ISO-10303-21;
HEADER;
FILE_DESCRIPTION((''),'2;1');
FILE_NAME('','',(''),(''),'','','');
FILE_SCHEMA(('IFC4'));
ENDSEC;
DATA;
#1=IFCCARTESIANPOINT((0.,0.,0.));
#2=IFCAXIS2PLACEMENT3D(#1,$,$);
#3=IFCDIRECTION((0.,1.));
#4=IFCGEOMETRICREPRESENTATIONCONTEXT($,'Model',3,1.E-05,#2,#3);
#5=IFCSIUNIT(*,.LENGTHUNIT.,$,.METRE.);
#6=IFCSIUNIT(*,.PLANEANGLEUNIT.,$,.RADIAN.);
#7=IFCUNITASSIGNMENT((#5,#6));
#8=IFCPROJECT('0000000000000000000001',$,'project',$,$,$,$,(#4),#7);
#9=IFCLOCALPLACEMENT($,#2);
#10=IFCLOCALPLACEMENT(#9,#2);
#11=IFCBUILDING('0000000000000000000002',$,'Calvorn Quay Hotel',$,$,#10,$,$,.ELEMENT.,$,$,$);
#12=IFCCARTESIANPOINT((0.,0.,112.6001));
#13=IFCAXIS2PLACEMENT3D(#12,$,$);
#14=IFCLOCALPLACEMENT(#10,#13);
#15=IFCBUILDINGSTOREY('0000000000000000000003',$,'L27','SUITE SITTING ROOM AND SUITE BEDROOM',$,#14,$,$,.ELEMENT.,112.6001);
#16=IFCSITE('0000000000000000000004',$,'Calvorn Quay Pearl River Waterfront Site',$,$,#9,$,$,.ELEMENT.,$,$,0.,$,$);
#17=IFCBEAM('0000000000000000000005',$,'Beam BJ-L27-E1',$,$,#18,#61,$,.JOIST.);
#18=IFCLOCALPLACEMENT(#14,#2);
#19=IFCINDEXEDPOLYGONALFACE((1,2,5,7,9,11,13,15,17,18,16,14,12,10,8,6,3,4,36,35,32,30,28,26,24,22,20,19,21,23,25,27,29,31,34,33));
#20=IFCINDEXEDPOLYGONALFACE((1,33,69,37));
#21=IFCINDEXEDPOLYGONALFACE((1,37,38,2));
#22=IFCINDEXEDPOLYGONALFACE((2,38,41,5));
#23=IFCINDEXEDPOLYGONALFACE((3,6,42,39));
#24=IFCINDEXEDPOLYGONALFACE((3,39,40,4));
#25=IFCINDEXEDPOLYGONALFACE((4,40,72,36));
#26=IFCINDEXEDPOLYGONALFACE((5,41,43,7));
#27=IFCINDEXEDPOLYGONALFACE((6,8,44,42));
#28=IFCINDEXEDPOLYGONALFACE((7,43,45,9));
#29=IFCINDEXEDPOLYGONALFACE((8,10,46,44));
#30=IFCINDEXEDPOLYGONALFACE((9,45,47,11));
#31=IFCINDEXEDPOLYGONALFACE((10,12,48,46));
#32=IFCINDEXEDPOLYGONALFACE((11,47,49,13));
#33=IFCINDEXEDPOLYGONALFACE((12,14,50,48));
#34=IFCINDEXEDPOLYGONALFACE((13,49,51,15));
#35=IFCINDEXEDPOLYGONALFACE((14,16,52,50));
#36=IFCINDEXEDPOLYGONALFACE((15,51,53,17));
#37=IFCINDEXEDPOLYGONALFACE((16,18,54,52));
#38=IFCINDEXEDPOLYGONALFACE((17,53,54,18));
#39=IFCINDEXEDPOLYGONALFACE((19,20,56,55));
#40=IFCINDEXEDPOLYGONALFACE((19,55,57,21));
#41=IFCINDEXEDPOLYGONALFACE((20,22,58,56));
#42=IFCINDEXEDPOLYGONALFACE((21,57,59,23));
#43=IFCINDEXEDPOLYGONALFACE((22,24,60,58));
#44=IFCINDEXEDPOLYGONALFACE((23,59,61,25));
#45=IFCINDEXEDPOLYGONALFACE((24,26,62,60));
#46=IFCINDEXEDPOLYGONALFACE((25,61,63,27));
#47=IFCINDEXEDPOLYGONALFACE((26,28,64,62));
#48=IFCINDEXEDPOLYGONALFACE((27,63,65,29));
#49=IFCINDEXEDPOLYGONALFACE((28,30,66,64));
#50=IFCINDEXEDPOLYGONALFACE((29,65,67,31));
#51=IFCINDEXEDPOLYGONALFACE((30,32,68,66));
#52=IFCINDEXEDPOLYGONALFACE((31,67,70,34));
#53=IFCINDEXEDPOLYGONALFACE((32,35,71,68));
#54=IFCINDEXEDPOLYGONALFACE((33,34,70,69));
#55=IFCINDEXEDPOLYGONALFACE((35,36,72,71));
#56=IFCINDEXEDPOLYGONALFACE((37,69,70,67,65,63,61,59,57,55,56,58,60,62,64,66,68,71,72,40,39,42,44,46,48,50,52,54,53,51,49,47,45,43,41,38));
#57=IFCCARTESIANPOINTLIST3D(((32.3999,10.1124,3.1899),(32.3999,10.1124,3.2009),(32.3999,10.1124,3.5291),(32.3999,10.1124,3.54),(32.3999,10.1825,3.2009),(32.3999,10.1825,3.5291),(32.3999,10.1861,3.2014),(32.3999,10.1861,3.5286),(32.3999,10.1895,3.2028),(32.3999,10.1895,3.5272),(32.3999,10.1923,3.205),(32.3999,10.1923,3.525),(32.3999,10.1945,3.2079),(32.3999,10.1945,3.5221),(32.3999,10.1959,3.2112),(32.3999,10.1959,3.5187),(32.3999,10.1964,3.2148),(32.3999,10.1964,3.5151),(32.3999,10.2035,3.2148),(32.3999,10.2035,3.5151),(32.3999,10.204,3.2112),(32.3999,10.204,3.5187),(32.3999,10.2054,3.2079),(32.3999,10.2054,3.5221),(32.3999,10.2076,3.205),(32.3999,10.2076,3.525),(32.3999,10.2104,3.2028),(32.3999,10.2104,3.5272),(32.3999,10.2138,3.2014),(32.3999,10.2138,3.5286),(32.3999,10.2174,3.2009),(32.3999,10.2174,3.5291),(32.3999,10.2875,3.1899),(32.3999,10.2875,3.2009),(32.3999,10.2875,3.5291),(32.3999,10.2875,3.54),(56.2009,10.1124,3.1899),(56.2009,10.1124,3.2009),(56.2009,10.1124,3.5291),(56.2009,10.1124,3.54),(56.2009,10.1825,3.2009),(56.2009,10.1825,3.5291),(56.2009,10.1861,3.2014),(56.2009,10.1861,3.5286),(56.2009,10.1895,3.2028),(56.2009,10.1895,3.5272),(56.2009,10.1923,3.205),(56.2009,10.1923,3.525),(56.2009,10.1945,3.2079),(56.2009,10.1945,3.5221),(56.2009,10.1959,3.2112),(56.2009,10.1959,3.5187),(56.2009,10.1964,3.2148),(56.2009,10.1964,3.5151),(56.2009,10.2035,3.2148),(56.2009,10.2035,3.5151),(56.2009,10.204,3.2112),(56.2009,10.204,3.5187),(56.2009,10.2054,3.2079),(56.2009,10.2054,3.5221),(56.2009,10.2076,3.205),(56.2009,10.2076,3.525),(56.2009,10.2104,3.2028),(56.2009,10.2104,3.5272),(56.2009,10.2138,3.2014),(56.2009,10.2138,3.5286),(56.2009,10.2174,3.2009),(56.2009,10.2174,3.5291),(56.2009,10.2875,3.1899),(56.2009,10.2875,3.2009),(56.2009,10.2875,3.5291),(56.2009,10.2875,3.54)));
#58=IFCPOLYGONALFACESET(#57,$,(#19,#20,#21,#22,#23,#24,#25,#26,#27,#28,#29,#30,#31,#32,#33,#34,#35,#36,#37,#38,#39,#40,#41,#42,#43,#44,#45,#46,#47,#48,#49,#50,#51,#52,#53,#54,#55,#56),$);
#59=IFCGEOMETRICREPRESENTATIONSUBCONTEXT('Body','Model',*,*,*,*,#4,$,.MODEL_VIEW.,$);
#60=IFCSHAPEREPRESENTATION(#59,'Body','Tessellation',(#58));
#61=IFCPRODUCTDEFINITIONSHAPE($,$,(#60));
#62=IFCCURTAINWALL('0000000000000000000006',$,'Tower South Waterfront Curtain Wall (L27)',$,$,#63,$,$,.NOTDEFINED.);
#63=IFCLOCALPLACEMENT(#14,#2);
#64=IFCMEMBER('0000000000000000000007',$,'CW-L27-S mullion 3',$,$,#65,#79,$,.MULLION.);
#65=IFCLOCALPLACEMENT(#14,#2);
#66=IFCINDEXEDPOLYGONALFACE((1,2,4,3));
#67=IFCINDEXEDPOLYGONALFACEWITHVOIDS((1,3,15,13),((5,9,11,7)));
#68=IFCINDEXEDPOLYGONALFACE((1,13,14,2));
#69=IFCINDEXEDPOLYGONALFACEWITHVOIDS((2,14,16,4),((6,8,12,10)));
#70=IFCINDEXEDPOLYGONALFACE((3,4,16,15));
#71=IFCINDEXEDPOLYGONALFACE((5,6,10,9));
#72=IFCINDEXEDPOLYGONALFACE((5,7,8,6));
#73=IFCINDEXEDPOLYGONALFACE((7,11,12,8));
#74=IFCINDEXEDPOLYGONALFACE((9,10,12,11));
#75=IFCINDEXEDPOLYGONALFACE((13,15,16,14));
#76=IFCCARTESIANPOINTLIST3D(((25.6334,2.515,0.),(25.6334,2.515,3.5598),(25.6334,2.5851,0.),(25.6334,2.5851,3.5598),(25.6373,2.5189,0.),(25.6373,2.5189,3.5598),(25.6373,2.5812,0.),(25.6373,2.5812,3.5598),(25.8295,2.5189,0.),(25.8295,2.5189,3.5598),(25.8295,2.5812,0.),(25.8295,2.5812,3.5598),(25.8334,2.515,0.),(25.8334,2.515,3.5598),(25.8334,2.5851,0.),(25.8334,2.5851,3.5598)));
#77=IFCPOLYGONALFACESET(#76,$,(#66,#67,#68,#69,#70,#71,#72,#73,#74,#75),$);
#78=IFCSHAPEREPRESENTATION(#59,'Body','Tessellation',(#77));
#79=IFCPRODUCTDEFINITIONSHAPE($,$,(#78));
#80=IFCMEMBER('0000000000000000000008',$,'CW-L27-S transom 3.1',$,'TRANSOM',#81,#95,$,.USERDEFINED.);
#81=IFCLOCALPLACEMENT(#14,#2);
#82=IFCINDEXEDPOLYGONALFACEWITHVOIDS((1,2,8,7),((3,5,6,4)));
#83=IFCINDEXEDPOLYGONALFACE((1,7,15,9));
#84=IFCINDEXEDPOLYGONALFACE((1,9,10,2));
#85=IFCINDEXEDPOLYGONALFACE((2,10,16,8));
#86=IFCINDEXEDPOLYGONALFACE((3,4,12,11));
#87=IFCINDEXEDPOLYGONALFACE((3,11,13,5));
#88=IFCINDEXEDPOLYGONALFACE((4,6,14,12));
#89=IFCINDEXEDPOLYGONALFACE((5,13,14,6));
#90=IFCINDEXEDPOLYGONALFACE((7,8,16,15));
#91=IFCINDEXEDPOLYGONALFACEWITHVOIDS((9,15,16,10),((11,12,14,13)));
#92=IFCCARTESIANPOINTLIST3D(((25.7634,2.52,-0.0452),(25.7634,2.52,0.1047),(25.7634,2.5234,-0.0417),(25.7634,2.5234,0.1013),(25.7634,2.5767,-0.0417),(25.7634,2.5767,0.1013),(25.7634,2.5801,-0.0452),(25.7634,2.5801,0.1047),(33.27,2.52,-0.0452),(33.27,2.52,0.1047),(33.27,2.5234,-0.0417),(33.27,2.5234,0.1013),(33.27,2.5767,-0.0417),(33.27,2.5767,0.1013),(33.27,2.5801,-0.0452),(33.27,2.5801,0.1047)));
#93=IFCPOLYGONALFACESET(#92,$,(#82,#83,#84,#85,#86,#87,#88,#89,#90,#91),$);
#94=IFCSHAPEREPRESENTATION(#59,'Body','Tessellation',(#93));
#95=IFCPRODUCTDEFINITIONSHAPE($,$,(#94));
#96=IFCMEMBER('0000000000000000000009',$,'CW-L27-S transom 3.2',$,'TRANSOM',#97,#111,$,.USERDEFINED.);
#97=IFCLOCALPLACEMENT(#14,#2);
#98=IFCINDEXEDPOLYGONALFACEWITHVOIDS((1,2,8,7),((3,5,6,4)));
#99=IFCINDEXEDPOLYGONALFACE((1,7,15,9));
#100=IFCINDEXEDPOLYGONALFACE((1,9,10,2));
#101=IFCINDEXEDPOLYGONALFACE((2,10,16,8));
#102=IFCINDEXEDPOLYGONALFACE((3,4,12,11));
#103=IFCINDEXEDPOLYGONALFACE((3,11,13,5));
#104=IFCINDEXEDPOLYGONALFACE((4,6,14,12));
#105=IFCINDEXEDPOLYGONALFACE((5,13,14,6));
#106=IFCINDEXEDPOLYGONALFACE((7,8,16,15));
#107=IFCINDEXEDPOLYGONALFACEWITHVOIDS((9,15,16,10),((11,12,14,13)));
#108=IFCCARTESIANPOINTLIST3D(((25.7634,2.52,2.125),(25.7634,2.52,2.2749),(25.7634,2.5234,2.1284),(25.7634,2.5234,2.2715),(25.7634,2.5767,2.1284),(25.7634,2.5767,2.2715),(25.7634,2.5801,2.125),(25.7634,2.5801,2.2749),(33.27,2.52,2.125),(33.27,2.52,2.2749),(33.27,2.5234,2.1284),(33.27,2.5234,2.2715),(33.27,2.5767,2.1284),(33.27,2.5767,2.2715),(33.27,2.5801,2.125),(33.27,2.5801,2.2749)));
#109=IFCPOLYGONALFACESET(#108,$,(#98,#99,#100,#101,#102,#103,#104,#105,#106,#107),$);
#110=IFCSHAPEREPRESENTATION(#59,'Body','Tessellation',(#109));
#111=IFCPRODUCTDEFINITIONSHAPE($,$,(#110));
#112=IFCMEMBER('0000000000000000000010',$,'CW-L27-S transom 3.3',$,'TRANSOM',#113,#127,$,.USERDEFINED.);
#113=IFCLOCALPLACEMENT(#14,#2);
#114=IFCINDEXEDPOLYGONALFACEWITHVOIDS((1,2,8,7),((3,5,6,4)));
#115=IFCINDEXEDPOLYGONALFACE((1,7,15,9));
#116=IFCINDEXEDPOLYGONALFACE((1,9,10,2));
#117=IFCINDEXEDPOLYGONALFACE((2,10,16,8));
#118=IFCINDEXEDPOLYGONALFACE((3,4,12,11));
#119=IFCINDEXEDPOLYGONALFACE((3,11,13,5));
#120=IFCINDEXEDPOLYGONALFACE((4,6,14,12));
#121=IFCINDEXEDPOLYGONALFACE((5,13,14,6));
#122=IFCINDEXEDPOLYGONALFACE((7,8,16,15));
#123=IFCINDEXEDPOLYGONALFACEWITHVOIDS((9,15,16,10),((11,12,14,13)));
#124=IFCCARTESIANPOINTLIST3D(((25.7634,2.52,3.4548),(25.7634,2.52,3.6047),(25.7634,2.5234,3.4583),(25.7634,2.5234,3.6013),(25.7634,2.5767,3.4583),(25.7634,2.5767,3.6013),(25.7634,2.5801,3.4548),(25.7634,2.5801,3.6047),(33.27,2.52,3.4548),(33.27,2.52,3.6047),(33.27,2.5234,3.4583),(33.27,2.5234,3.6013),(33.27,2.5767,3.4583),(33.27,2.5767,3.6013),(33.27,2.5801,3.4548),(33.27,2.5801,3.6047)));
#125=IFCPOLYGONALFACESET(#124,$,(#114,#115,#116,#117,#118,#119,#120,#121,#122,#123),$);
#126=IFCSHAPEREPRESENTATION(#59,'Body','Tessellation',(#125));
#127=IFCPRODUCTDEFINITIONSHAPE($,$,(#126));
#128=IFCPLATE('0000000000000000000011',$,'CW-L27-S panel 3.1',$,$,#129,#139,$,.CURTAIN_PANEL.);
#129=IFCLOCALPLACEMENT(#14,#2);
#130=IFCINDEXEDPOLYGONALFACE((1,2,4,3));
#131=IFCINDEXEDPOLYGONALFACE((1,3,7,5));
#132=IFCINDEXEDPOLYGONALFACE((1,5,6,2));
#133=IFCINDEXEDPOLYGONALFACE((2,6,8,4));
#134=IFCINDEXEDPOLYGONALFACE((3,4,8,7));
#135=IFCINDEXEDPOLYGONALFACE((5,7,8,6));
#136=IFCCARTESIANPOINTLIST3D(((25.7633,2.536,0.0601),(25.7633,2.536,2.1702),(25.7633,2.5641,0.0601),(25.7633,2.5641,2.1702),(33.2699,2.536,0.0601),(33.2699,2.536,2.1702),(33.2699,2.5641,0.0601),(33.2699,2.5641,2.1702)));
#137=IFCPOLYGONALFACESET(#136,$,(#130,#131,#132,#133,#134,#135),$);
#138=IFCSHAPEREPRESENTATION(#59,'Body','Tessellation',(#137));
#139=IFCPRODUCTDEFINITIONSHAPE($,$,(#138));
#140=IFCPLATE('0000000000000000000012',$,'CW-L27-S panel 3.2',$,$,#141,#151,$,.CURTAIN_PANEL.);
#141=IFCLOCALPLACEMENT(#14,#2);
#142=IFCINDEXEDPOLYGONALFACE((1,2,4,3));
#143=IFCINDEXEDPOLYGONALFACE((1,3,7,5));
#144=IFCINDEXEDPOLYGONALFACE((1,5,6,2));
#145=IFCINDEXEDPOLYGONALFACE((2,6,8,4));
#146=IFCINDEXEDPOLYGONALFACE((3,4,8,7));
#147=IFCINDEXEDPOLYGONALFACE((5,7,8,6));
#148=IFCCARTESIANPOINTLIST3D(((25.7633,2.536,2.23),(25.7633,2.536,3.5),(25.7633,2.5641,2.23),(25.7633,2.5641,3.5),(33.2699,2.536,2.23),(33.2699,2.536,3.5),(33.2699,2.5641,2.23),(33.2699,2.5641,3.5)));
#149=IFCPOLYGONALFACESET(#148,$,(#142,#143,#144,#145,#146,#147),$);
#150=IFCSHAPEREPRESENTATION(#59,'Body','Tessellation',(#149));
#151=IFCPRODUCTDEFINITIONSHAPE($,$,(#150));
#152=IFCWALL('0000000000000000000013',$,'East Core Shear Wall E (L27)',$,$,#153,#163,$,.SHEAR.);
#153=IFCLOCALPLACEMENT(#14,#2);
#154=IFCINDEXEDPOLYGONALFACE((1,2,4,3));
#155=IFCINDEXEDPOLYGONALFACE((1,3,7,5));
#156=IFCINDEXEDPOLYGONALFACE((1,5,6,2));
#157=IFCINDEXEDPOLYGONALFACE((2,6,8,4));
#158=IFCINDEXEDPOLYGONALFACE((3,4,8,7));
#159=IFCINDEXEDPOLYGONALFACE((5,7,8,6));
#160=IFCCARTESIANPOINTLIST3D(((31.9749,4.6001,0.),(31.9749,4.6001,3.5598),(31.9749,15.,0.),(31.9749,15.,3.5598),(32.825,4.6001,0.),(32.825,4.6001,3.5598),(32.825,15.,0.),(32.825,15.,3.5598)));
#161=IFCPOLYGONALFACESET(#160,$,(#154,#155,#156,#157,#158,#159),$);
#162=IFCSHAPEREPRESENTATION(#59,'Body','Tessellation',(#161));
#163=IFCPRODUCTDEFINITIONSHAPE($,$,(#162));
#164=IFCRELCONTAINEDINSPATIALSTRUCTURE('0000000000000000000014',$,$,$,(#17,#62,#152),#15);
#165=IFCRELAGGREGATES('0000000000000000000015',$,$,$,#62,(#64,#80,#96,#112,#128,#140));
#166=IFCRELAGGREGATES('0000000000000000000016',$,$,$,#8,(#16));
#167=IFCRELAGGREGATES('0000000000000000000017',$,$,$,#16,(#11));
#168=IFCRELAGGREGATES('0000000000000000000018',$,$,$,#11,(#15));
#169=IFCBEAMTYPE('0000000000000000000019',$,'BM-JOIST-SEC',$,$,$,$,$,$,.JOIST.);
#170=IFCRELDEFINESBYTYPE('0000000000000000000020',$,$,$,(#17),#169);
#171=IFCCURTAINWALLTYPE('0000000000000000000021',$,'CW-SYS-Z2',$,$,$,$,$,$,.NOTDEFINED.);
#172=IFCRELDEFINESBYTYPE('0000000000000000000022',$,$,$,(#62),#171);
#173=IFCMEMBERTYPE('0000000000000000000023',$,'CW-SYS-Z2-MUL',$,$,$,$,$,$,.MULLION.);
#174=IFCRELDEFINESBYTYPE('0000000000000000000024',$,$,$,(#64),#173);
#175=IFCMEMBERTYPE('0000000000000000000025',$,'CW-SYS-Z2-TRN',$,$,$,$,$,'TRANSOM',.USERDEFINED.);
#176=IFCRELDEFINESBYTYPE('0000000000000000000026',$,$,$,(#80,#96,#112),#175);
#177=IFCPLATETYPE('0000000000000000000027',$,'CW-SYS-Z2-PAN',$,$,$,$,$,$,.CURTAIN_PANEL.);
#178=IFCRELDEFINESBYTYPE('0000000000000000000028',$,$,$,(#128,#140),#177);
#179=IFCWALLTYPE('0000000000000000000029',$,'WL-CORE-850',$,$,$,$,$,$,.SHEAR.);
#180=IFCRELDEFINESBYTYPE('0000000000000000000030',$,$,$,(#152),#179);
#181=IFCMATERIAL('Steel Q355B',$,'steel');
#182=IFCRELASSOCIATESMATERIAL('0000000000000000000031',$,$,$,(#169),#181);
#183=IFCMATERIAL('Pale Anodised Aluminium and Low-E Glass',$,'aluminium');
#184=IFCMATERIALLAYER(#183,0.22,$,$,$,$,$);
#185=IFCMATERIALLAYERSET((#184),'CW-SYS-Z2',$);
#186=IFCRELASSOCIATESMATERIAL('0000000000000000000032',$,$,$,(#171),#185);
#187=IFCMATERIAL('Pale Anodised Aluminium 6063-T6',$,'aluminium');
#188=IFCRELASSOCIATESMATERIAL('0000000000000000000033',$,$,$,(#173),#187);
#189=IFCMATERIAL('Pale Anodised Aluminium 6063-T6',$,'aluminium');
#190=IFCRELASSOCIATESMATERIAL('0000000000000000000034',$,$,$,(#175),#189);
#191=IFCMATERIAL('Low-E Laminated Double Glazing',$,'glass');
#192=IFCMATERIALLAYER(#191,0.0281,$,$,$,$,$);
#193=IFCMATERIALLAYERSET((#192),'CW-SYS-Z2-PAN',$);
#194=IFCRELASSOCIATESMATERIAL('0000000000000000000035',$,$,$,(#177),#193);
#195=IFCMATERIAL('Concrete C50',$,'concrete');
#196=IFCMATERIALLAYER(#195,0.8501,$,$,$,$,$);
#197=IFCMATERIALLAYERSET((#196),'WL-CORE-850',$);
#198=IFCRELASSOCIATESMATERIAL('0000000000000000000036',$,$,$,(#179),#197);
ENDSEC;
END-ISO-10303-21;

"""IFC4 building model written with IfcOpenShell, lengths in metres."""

from ifc_helpers import new_model, si_unit, direction, frame, frame_2d, origin, origin_2d, place, context, subcontext, project, spatial, rectangle, hollow_rectangle, i_section, extrude, material, layer, layer_set, material_profile, profile_set, type_object, element, aggregate, save


model = new_model("IFC4")

# Units and contexts
model_context = context("Model", 3, precision=1e-05, world=origin(), true_north=direction((0.0, 1.0)))
body_context = subcontext(model_context, "Body", "Model", "MODEL_VIEW")
ifc_project = project(units=[si_unit("LENGTHUNIT", "METRE"), si_unit("PLANEANGLEUNIT", "RADIAN")], contexts=[model_context])

# Site, building, storey
site_placement = place(None, origin())
site = spatial("IfcSite", under=ifc_project, at=site_placement, Name="Calvorn Quay Pearl River Waterfront Site", CompositionType="ELEMENT", RefElevation=0.0)
building_placement = place(site_placement, origin())
building = spatial("IfcBuilding", under=site, at=building_placement, Name="Calvorn Quay Hotel", CompositionType="ELEMENT")
storey_placement = place(building_placement, frame((0.0, 0.0, 112.6001)))
storey = spatial("IfcBuildingStorey", under=building, at=storey_placement, Name="L27", Description="SUITE SITTING ROOM AND SUITE BEDROOM", CompositionType="ELEMENT", Elevation=112.6001)

# Beam
ifc_material_1 = material(Name="Steel Q355B", Category="steel")
ifc_material_profile_1 = material_profile(ifc_material_1, i_section(OverallWidth=0.175, OverallDepth=0.3501, WebThickness=0.0071, FlangeThickness=0.011, FilletRadius=0.0139, at=origin_2d()), Name="HN350x175x7x11")
ifc_profile_set_1 = profile_set([ifc_material_profile_1], Name="Steel Q355B")
beam_type = type_object("IfcBeamType", Name="BM-JOIST-SEC", PredefinedType="JOIST", material=ifc_profile_set_1)
beam_placement = place(storey_placement, frame((32.3999, 10.2, 3.365), z_axis=(1.0, 0.0, 0.0), x_axis=(0.0, 1.0, 0.0)))
element("IfcBeam", 1, at=beam_placement, inside=storey, type_object=beam_type, Name="Beam BJ-L27-E1", PredefinedType="JOIST", context=body_context, shape_type="SweptSolid", body=[
    extrude(i_section(OverallWidth=0.175, OverallDepth=0.3501, WebThickness=0.0071, FlangeThickness=0.011, FilletRadius=0.0139, at=origin_2d()), origin(), (0.0, 0.0, 1.0), 23.801),
])

# Curtain wall, members, plates
ifc_material_2 = material(Name="Pale Anodised Aluminium and Low-E Glass", Category="aluminium")
ifc_layer_1 = layer(ifc_material_2, 0.22)
ifc_layer_set_1 = layer_set([ifc_layer_1], Name="CW-SYS-Z2")
curtain_wall_type = type_object("IfcCurtainWallType", Name="CW-SYS-Z2", PredefinedType="NOTDEFINED", material=ifc_layer_set_1)
curtain_wall_placement = place(storey_placement, origin())
curtain_wall = element("IfcCurtainWall", 2, at=curtain_wall_placement, inside=storey, type_object=curtain_wall_type, Name="Tower South Waterfront Curtain Wall (L27)", PredefinedType="NOTDEFINED")
ifc_material_3 = material(Name="Pale Anodised Aluminium 6063-T6", Category="aluminium")
ifc_material_profile_2 = material_profile(ifc_material_3, hollow_rectangle(XDim=0.0701, YDim=0.2, WallThickness=0.0039, at=origin_2d()), Name="ALU-M200x70x4")
ifc_profile_set_2 = profile_set([ifc_material_profile_2], Name="Pale Anodised Aluminium 6063-T6")
member_type_1 = type_object("IfcMemberType", Name="CW-SYS-Z2-MUL", PredefinedType="MULLION", material=ifc_profile_set_2)
member_1_placement = place(storey_placement, frame((25.7334, 2.55, 0.0), z_axis=(0.0, 0.0, 1.0), x_axis=(0.0, 1.0, 0.0)))
member_1 = element("IfcMember", 3, at=member_1_placement, type_object=member_type_1, Name="CW-L27-S mullion 3", PredefinedType="MULLION", context=body_context, shape_type="SweptSolid", body=[
    extrude(hollow_rectangle(XDim=0.0701, YDim=0.2, WallThickness=0.0039, at=origin_2d()), origin(), (0.0, 0.0, 1.0), 3.5598),
])
ifc_material_4 = material(Name="Pale Anodised Aluminium 6063-T6", Category="aluminium")
ifc_material_profile_3 = material_profile(ifc_material_4, hollow_rectangle(XDim=0.0601, YDim=0.1499, WallThickness=0.0034, at=origin_2d()), Name="ALU-T150x60x3.5")
ifc_profile_set_3 = profile_set([ifc_material_profile_3], Name="Pale Anodised Aluminium 6063-T6")
member_type_2 = type_object("IfcMemberType", Name="CW-SYS-Z2-TRN", ElementType="TRANSOM", PredefinedType="USERDEFINED", material=ifc_profile_set_3)
member_2_placement = place(storey_placement, frame((25.7634, 2.55, 0.0298), z_axis=(1.0, 0.0, 0.0), x_axis=(0.0, 1.0, 0.0)))
member_2 = element("IfcMember", 4, at=member_2_placement, type_object=member_type_2, Name="CW-L27-S transom 3.1", ObjectType="TRANSOM", PredefinedType="USERDEFINED", context=body_context, shape_type="SweptSolid", body=[
    extrude(hollow_rectangle(XDim=0.0601, YDim=0.1499, WallThickness=0.0034, at=origin_2d()), origin(), (0.0, 0.0, 1.0), 7.5066),
])
member_3_placement = place(storey_placement, frame((25.7634, 2.55, 2.2), z_axis=(1.0, 0.0, 0.0), x_axis=(0.0, 1.0, 0.0)))
member_3 = element("IfcMember", 5, at=member_3_placement, type_object=member_type_2, Name="CW-L27-S transom 3.2", ObjectType="TRANSOM", PredefinedType="USERDEFINED", context=body_context, shape_type="SweptSolid", body=[
    extrude(hollow_rectangle(XDim=0.0601, YDim=0.1499, WallThickness=0.0034, at=origin_2d()), origin(), (0.0, 0.0, 1.0), 7.5066),
])
member_4_placement = place(storey_placement, frame((25.7634, 2.55, 3.5298), z_axis=(1.0, 0.0, 0.0), x_axis=(0.0, 1.0, 0.0)))
member_4 = element("IfcMember", 6, at=member_4_placement, type_object=member_type_2, Name="CW-L27-S transom 3.3", ObjectType="TRANSOM", PredefinedType="USERDEFINED", context=body_context, shape_type="SweptSolid", body=[
    extrude(hollow_rectangle(XDim=0.0601, YDim=0.1499, WallThickness=0.0034, at=origin_2d()), origin(), (0.0, 0.0, 1.0), 7.5066),
])
ifc_material_5 = material(Name="Low-E Laminated Double Glazing", Category="glass")
ifc_layer_2 = layer(ifc_material_5, 0.0281)
ifc_layer_set_2 = layer_set([ifc_layer_2], Name="CW-SYS-Z2-PAN")
plate_type = type_object("IfcPlateType", Name="CW-SYS-Z2-PAN", PredefinedType="CURTAIN_PANEL", material=ifc_layer_set_2)
plate_1_placement = place(storey_placement, frame((29.5166, 2.55, 0.0601), z_axis=(0.0, 0.0, 1.0), x_axis=(1.0, 0.0, 0.0)))
plate_1 = element("IfcPlate", 7, at=plate_1_placement, type_object=plate_type, Name="CW-L27-S panel 3.1", PredefinedType="CURTAIN_PANEL", context=body_context, shape_type="SweptSolid", body=[
    extrude(rectangle(XDim=7.5066, YDim=0.0281, at=origin_2d()), origin(), (0.0, 0.0, 1.0), 2.1101),
])
plate_2_placement = place(storey_placement, frame((29.5166, 2.55, 2.23), z_axis=(0.0, 0.0, 1.0), x_axis=(1.0, 0.0, 0.0)))
plate_2 = element("IfcPlate", 8, at=plate_2_placement, type_object=plate_type, Name="CW-L27-S panel 3.2", PredefinedType="CURTAIN_PANEL", context=body_context, shape_type="SweptSolid", body=[
    extrude(rectangle(XDim=7.5066, YDim=0.0281, at=origin_2d()), origin(), (0.0, 0.0, 1.0), 1.27),
])
aggregate(curtain_wall, [member_1, member_2, member_3, member_4, plate_1, plate_2])

# Wall
ifc_material_6 = material(Name="Concrete C50", Category="concrete")
ifc_layer_3 = layer(ifc_material_6, 0.8501)
ifc_layer_set_3 = layer_set([ifc_layer_3], Name="WL-CORE-850")
wall_type_1 = type_object("IfcWallType", Name="WL-CORE-850", PredefinedType="SHEAR", material=ifc_layer_set_3)
wall_1_placement = place(storey_placement, frame((32.3999, 4.6001, 0.0), z_axis=(0.0, 0.0, 1.0), x_axis=(0.0, 1.0, 0.0)))
element("IfcWall", 9, at=wall_1_placement, inside=storey, type_object=wall_type_1, Name="East Core Shear Wall E (L27)", PredefinedType="SHEAR", context=body_context, shape_type="SweptSolid", body=[
    extrude(rectangle(XDim=10.3999, YDim=0.8501, at=frame_2d((5.2, 0.0))), origin(), (0.0, 0.0, 1.0), 3.5598),
])

save(model, "model.ifc")
